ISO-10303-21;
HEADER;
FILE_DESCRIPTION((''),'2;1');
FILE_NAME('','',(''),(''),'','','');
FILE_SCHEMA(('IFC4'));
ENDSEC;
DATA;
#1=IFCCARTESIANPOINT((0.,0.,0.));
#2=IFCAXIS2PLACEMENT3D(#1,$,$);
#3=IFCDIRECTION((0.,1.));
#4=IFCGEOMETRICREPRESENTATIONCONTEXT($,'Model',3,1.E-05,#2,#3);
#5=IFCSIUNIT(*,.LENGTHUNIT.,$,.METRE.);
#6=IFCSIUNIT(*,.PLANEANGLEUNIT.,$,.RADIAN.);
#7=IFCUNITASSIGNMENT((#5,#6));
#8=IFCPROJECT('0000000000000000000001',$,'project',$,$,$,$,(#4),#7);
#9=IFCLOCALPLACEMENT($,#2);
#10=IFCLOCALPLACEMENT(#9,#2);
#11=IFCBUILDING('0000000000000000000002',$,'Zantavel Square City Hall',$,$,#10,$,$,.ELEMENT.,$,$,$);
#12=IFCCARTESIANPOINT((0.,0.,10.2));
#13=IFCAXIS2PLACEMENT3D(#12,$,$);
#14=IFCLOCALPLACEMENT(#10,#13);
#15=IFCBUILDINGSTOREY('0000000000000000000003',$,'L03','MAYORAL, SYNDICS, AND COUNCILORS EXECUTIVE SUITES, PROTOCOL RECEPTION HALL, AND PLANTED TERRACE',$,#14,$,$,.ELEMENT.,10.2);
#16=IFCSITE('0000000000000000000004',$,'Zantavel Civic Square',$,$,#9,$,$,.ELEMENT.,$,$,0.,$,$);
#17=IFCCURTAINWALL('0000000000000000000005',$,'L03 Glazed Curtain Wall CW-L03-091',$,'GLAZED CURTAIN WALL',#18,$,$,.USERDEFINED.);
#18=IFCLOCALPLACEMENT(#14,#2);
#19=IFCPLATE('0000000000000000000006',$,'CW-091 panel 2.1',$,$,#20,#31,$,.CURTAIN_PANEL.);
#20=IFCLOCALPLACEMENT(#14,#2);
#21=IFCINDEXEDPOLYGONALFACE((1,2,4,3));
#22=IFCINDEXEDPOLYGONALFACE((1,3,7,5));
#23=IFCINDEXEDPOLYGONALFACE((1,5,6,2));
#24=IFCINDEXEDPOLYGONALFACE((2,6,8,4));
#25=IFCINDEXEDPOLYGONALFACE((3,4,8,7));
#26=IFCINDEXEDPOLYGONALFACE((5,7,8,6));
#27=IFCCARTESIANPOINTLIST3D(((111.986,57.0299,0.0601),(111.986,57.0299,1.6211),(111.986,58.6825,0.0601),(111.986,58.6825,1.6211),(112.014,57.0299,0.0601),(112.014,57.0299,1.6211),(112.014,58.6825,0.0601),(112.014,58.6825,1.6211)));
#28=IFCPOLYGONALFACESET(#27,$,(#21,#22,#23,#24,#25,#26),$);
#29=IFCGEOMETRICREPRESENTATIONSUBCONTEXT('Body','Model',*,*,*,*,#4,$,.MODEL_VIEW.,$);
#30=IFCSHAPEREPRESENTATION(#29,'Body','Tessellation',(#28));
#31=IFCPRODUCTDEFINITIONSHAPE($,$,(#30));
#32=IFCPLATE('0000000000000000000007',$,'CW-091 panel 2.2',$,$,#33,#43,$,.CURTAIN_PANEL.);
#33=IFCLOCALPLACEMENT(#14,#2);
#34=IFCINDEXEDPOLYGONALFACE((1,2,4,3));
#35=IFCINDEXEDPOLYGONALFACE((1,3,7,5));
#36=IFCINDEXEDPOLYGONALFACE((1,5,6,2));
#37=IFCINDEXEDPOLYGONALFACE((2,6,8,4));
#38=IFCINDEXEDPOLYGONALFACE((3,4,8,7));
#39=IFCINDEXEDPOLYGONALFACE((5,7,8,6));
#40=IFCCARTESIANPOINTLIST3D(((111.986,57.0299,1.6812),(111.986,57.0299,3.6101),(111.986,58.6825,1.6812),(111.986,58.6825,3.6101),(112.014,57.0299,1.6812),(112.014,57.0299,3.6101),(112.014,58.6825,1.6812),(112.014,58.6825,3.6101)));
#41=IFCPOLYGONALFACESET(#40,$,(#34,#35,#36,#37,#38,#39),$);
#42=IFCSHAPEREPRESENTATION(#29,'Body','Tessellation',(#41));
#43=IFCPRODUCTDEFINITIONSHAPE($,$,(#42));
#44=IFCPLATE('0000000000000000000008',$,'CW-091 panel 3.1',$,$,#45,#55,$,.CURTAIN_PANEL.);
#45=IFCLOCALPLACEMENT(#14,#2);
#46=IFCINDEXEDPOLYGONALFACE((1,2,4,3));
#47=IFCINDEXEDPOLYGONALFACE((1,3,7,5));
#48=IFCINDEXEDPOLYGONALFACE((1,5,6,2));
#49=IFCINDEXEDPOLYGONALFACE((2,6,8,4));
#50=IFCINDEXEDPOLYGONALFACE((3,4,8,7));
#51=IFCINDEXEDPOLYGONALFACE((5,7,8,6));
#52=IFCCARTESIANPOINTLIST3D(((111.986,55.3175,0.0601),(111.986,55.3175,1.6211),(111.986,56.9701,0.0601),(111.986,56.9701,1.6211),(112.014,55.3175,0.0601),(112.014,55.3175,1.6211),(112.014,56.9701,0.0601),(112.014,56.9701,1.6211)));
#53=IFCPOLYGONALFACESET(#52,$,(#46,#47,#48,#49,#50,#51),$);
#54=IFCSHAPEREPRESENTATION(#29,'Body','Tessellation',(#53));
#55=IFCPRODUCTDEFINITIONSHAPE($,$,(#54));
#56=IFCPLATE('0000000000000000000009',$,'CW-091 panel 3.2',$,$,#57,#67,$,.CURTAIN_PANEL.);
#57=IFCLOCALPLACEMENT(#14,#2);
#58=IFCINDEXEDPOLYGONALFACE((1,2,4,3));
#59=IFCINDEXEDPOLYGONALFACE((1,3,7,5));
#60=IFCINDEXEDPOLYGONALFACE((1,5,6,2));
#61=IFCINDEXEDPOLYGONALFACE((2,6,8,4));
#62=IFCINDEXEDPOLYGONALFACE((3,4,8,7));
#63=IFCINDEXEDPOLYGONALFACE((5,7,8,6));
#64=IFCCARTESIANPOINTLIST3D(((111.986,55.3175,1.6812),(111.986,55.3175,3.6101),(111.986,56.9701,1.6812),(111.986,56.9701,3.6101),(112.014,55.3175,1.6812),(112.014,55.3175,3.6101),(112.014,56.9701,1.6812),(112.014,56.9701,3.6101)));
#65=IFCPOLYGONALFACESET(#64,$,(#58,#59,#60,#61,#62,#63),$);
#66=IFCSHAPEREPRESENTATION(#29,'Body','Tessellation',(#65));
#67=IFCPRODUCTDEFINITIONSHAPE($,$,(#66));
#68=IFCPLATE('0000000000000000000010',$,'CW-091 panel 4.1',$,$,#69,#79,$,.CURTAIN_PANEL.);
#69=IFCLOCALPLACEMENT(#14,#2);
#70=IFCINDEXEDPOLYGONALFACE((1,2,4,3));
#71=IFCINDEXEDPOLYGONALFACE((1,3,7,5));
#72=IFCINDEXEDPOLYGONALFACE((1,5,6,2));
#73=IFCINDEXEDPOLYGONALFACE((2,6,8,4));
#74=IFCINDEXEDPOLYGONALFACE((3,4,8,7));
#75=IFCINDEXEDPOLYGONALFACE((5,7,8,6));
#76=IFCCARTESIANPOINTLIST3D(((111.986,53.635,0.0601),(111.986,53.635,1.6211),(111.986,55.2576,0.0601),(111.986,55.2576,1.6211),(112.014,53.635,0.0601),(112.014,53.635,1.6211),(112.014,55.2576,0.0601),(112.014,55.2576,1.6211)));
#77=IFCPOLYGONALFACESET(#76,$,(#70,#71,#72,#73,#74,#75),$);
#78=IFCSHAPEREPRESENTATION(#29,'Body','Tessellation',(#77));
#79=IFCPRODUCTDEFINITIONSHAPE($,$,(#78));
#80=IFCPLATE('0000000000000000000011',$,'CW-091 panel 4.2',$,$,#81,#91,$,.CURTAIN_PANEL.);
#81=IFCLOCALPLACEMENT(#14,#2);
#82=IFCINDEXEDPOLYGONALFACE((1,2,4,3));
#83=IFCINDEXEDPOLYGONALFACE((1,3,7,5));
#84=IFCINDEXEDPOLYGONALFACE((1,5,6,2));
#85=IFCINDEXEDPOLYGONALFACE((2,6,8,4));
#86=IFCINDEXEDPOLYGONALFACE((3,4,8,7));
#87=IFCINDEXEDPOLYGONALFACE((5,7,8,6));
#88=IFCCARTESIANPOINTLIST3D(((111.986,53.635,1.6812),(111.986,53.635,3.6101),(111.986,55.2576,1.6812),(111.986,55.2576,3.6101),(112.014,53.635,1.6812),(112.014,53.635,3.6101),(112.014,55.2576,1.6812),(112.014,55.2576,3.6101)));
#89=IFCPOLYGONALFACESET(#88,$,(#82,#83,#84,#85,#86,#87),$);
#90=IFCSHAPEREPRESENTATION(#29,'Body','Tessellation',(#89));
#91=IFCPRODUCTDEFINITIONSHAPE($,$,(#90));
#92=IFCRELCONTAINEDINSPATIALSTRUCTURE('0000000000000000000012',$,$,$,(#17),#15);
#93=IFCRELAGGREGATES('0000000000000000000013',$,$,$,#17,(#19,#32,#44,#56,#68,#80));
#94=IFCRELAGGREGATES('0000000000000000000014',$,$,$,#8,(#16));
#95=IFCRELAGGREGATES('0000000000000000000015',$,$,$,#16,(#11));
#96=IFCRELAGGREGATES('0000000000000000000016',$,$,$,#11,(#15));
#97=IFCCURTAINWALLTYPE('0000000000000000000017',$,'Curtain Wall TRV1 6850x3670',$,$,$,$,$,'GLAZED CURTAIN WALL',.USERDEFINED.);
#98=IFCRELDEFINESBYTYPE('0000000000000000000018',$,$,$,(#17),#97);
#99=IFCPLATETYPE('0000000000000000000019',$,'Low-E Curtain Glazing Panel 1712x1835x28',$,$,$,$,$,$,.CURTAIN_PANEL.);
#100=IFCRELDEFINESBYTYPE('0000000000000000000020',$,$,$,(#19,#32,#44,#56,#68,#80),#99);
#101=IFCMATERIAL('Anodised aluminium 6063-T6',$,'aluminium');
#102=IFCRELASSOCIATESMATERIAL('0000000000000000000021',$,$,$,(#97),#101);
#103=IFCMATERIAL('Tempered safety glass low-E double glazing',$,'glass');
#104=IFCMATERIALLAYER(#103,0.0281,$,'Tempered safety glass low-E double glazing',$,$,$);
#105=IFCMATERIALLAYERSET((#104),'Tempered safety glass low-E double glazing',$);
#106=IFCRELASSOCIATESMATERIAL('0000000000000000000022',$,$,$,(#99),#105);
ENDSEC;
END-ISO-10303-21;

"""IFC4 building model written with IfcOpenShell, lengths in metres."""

from ifc_helpers import new_model, si_unit, direction, frame, origin, origin_2d, place, context, subcontext, project, spatial, rectangle, extrude, material, layer, layer_set, type_object, element, aggregate, save


model = new_model("IFC4")

# Units and contexts
model_context = context("Model", 3, precision=1e-05, world=origin(), true_north=direction((0.0, 1.0)))
body_context = subcontext(model_context, "Body", "Model", "MODEL_VIEW")
ifc_project = project(units=[si_unit("LENGTHUNIT", "METRE"), si_unit("PLANEANGLEUNIT", "RADIAN")], contexts=[model_context])

# Site, building, storey
site_placement = place(None, origin())
site = spatial("IfcSite", under=ifc_project, at=site_placement, Name="Zantavel Civic Square", CompositionType="ELEMENT", RefElevation=0.0)
building_placement = place(site_placement, origin())
building = spatial("IfcBuilding", under=site, at=building_placement, Name="Zantavel Square City Hall", CompositionType="ELEMENT")
storey_placement = place(building_placement, frame((0.0, 0.0, 10.2)))
storey = spatial("IfcBuildingStorey", under=building, at=storey_placement, Name="L03", Description="MAYORAL, SYNDICS, AND COUNCILORS EXECUTIVE SUITES, PROTOCOL RECEPTION HALL, AND PLANTED TERRACE", CompositionType="ELEMENT", Elevation=10.2)

# Curtain wall
ifc_material_1 = material(Name="Anodised aluminium 6063-T6", Category="aluminium")
curtain_wall_type = type_object("IfcCurtainWallType", Name="Curtain Wall TRV1 6850x3670", ElementType="GLAZED CURTAIN WALL", PredefinedType="USERDEFINED", material=ifc_material_1)
curtain_wall_placement = place(storey_placement, origin())
curtain_wall = element("IfcCurtainWall", 1, at=curtain_wall_placement, inside=storey, type_object=curtain_wall_type, Name="L03 Glazed Curtain Wall CW-L03-091", ObjectType="GLAZED CURTAIN WALL", PredefinedType="USERDEFINED")

# Plates
ifc_material_2 = material(Name="Tempered safety glass low-E double glazing", Category="glass")
ifc_layer_1 = layer(ifc_material_2, 0.0281, Name="Tempered safety glass low-E double glazing")
ifc_layer_set_1 = layer_set([ifc_layer_1], Name="Tempered safety glass low-E double glazing")
plate_type_1 = type_object("IfcPlateType", Name="Low-E Curtain Glazing Panel 1712x1835x28", PredefinedType="CURTAIN_PANEL", material=ifc_layer_set_1)
plate_1_placement = place(storey_placement, frame((112.0, 57.8562, 0.0601), z_axis=(0.0, 0.0, 1.0), x_axis=(0.0, -1.0, 0.0)))
plate_1 = element("IfcPlate", 2, at=plate_1_placement, type_object=plate_type_1, Name="CW-091 panel 2.1", PredefinedType="CURTAIN_PANEL", context=body_context, shape_type="SweptSolid", body=[
    extrude(rectangle(XDim=1.6526, YDim=0.0281, at=origin_2d()), origin(), (0.0, 0.0, 1.0), 1.561),
])
plate_2_placement = place(storey_placement, frame((112.0, 57.8562, 1.6812), z_axis=(0.0, 0.0, 1.0), x_axis=(0.0, -1.0, 0.0)))
plate_2 = element("IfcPlate", 3, at=plate_2_placement, type_object=plate_type_1, Name="CW-091 panel 2.2", PredefinedType="CURTAIN_PANEL", context=body_context, shape_type="SweptSolid", body=[
    extrude(rectangle(XDim=1.6526, YDim=0.0281, at=origin_2d()), origin(), (0.0, 0.0, 1.0), 1.929),
])
plate_3_placement = place(storey_placement, frame((112.0, 56.1438, 0.0601), z_axis=(0.0, 0.0, 1.0), x_axis=(0.0, -1.0, 0.0)))
plate_3 = element("IfcPlate", 4, at=plate_3_placement, type_object=plate_type_1, Name="CW-091 panel 3.1", PredefinedType="CURTAIN_PANEL", context=body_context, shape_type="SweptSolid", body=[
    extrude(rectangle(XDim=1.6526, YDim=0.0281, at=origin_2d()), origin(), (0.0, 0.0, 1.0), 1.561),
])
plate_4_placement = place(storey_placement, frame((112.0, 56.1438, 1.6812), z_axis=(0.0, 0.0, 1.0), x_axis=(0.0, -1.0, 0.0)))
plate_4 = element("IfcPlate", 5, at=plate_4_placement, type_object=plate_type_1, Name="CW-091 panel 3.2", PredefinedType="CURTAIN_PANEL", context=body_context, shape_type="SweptSolid", body=[
    extrude(rectangle(XDim=1.6526, YDim=0.0281, at=origin_2d()), origin(), (0.0, 0.0, 1.0), 1.929),
])
plate_5_placement = place(storey_placement, frame((112.0, 54.4463, 0.0601), z_axis=(0.0, 0.0, 1.0), x_axis=(0.0, -1.0, 0.0)))
plate_5 = element("IfcPlate", 6, at=plate_5_placement, type_object=plate_type_1, Name="CW-091 panel 4.1", PredefinedType="CURTAIN_PANEL", context=body_context, shape_type="SweptSolid", body=[
    extrude(rectangle(XDim=1.6226, YDim=0.0281, at=origin_2d()), origin(), (0.0, 0.0, 1.0), 1.561),
])
plate_6_placement = place(storey_placement, frame((112.0, 54.4463, 1.6812), z_axis=(0.0, 0.0, 1.0), x_axis=(0.0, -1.0, 0.0)))
plate_6 = element("IfcPlate", 7, at=plate_6_placement, type_object=plate_type_1, Name="CW-091 panel 4.2", PredefinedType="CURTAIN_PANEL", context=body_context, shape_type="SweptSolid", body=[
    extrude(rectangle(XDim=1.6226, YDim=0.0281, at=origin_2d()), origin(), (0.0, 0.0, 1.0), 1.929),
])
aggregate(curtain_wall, [plate_1, plate_2, plate_3, plate_4, plate_5, plate_6])

save(model, "model.ifc")
